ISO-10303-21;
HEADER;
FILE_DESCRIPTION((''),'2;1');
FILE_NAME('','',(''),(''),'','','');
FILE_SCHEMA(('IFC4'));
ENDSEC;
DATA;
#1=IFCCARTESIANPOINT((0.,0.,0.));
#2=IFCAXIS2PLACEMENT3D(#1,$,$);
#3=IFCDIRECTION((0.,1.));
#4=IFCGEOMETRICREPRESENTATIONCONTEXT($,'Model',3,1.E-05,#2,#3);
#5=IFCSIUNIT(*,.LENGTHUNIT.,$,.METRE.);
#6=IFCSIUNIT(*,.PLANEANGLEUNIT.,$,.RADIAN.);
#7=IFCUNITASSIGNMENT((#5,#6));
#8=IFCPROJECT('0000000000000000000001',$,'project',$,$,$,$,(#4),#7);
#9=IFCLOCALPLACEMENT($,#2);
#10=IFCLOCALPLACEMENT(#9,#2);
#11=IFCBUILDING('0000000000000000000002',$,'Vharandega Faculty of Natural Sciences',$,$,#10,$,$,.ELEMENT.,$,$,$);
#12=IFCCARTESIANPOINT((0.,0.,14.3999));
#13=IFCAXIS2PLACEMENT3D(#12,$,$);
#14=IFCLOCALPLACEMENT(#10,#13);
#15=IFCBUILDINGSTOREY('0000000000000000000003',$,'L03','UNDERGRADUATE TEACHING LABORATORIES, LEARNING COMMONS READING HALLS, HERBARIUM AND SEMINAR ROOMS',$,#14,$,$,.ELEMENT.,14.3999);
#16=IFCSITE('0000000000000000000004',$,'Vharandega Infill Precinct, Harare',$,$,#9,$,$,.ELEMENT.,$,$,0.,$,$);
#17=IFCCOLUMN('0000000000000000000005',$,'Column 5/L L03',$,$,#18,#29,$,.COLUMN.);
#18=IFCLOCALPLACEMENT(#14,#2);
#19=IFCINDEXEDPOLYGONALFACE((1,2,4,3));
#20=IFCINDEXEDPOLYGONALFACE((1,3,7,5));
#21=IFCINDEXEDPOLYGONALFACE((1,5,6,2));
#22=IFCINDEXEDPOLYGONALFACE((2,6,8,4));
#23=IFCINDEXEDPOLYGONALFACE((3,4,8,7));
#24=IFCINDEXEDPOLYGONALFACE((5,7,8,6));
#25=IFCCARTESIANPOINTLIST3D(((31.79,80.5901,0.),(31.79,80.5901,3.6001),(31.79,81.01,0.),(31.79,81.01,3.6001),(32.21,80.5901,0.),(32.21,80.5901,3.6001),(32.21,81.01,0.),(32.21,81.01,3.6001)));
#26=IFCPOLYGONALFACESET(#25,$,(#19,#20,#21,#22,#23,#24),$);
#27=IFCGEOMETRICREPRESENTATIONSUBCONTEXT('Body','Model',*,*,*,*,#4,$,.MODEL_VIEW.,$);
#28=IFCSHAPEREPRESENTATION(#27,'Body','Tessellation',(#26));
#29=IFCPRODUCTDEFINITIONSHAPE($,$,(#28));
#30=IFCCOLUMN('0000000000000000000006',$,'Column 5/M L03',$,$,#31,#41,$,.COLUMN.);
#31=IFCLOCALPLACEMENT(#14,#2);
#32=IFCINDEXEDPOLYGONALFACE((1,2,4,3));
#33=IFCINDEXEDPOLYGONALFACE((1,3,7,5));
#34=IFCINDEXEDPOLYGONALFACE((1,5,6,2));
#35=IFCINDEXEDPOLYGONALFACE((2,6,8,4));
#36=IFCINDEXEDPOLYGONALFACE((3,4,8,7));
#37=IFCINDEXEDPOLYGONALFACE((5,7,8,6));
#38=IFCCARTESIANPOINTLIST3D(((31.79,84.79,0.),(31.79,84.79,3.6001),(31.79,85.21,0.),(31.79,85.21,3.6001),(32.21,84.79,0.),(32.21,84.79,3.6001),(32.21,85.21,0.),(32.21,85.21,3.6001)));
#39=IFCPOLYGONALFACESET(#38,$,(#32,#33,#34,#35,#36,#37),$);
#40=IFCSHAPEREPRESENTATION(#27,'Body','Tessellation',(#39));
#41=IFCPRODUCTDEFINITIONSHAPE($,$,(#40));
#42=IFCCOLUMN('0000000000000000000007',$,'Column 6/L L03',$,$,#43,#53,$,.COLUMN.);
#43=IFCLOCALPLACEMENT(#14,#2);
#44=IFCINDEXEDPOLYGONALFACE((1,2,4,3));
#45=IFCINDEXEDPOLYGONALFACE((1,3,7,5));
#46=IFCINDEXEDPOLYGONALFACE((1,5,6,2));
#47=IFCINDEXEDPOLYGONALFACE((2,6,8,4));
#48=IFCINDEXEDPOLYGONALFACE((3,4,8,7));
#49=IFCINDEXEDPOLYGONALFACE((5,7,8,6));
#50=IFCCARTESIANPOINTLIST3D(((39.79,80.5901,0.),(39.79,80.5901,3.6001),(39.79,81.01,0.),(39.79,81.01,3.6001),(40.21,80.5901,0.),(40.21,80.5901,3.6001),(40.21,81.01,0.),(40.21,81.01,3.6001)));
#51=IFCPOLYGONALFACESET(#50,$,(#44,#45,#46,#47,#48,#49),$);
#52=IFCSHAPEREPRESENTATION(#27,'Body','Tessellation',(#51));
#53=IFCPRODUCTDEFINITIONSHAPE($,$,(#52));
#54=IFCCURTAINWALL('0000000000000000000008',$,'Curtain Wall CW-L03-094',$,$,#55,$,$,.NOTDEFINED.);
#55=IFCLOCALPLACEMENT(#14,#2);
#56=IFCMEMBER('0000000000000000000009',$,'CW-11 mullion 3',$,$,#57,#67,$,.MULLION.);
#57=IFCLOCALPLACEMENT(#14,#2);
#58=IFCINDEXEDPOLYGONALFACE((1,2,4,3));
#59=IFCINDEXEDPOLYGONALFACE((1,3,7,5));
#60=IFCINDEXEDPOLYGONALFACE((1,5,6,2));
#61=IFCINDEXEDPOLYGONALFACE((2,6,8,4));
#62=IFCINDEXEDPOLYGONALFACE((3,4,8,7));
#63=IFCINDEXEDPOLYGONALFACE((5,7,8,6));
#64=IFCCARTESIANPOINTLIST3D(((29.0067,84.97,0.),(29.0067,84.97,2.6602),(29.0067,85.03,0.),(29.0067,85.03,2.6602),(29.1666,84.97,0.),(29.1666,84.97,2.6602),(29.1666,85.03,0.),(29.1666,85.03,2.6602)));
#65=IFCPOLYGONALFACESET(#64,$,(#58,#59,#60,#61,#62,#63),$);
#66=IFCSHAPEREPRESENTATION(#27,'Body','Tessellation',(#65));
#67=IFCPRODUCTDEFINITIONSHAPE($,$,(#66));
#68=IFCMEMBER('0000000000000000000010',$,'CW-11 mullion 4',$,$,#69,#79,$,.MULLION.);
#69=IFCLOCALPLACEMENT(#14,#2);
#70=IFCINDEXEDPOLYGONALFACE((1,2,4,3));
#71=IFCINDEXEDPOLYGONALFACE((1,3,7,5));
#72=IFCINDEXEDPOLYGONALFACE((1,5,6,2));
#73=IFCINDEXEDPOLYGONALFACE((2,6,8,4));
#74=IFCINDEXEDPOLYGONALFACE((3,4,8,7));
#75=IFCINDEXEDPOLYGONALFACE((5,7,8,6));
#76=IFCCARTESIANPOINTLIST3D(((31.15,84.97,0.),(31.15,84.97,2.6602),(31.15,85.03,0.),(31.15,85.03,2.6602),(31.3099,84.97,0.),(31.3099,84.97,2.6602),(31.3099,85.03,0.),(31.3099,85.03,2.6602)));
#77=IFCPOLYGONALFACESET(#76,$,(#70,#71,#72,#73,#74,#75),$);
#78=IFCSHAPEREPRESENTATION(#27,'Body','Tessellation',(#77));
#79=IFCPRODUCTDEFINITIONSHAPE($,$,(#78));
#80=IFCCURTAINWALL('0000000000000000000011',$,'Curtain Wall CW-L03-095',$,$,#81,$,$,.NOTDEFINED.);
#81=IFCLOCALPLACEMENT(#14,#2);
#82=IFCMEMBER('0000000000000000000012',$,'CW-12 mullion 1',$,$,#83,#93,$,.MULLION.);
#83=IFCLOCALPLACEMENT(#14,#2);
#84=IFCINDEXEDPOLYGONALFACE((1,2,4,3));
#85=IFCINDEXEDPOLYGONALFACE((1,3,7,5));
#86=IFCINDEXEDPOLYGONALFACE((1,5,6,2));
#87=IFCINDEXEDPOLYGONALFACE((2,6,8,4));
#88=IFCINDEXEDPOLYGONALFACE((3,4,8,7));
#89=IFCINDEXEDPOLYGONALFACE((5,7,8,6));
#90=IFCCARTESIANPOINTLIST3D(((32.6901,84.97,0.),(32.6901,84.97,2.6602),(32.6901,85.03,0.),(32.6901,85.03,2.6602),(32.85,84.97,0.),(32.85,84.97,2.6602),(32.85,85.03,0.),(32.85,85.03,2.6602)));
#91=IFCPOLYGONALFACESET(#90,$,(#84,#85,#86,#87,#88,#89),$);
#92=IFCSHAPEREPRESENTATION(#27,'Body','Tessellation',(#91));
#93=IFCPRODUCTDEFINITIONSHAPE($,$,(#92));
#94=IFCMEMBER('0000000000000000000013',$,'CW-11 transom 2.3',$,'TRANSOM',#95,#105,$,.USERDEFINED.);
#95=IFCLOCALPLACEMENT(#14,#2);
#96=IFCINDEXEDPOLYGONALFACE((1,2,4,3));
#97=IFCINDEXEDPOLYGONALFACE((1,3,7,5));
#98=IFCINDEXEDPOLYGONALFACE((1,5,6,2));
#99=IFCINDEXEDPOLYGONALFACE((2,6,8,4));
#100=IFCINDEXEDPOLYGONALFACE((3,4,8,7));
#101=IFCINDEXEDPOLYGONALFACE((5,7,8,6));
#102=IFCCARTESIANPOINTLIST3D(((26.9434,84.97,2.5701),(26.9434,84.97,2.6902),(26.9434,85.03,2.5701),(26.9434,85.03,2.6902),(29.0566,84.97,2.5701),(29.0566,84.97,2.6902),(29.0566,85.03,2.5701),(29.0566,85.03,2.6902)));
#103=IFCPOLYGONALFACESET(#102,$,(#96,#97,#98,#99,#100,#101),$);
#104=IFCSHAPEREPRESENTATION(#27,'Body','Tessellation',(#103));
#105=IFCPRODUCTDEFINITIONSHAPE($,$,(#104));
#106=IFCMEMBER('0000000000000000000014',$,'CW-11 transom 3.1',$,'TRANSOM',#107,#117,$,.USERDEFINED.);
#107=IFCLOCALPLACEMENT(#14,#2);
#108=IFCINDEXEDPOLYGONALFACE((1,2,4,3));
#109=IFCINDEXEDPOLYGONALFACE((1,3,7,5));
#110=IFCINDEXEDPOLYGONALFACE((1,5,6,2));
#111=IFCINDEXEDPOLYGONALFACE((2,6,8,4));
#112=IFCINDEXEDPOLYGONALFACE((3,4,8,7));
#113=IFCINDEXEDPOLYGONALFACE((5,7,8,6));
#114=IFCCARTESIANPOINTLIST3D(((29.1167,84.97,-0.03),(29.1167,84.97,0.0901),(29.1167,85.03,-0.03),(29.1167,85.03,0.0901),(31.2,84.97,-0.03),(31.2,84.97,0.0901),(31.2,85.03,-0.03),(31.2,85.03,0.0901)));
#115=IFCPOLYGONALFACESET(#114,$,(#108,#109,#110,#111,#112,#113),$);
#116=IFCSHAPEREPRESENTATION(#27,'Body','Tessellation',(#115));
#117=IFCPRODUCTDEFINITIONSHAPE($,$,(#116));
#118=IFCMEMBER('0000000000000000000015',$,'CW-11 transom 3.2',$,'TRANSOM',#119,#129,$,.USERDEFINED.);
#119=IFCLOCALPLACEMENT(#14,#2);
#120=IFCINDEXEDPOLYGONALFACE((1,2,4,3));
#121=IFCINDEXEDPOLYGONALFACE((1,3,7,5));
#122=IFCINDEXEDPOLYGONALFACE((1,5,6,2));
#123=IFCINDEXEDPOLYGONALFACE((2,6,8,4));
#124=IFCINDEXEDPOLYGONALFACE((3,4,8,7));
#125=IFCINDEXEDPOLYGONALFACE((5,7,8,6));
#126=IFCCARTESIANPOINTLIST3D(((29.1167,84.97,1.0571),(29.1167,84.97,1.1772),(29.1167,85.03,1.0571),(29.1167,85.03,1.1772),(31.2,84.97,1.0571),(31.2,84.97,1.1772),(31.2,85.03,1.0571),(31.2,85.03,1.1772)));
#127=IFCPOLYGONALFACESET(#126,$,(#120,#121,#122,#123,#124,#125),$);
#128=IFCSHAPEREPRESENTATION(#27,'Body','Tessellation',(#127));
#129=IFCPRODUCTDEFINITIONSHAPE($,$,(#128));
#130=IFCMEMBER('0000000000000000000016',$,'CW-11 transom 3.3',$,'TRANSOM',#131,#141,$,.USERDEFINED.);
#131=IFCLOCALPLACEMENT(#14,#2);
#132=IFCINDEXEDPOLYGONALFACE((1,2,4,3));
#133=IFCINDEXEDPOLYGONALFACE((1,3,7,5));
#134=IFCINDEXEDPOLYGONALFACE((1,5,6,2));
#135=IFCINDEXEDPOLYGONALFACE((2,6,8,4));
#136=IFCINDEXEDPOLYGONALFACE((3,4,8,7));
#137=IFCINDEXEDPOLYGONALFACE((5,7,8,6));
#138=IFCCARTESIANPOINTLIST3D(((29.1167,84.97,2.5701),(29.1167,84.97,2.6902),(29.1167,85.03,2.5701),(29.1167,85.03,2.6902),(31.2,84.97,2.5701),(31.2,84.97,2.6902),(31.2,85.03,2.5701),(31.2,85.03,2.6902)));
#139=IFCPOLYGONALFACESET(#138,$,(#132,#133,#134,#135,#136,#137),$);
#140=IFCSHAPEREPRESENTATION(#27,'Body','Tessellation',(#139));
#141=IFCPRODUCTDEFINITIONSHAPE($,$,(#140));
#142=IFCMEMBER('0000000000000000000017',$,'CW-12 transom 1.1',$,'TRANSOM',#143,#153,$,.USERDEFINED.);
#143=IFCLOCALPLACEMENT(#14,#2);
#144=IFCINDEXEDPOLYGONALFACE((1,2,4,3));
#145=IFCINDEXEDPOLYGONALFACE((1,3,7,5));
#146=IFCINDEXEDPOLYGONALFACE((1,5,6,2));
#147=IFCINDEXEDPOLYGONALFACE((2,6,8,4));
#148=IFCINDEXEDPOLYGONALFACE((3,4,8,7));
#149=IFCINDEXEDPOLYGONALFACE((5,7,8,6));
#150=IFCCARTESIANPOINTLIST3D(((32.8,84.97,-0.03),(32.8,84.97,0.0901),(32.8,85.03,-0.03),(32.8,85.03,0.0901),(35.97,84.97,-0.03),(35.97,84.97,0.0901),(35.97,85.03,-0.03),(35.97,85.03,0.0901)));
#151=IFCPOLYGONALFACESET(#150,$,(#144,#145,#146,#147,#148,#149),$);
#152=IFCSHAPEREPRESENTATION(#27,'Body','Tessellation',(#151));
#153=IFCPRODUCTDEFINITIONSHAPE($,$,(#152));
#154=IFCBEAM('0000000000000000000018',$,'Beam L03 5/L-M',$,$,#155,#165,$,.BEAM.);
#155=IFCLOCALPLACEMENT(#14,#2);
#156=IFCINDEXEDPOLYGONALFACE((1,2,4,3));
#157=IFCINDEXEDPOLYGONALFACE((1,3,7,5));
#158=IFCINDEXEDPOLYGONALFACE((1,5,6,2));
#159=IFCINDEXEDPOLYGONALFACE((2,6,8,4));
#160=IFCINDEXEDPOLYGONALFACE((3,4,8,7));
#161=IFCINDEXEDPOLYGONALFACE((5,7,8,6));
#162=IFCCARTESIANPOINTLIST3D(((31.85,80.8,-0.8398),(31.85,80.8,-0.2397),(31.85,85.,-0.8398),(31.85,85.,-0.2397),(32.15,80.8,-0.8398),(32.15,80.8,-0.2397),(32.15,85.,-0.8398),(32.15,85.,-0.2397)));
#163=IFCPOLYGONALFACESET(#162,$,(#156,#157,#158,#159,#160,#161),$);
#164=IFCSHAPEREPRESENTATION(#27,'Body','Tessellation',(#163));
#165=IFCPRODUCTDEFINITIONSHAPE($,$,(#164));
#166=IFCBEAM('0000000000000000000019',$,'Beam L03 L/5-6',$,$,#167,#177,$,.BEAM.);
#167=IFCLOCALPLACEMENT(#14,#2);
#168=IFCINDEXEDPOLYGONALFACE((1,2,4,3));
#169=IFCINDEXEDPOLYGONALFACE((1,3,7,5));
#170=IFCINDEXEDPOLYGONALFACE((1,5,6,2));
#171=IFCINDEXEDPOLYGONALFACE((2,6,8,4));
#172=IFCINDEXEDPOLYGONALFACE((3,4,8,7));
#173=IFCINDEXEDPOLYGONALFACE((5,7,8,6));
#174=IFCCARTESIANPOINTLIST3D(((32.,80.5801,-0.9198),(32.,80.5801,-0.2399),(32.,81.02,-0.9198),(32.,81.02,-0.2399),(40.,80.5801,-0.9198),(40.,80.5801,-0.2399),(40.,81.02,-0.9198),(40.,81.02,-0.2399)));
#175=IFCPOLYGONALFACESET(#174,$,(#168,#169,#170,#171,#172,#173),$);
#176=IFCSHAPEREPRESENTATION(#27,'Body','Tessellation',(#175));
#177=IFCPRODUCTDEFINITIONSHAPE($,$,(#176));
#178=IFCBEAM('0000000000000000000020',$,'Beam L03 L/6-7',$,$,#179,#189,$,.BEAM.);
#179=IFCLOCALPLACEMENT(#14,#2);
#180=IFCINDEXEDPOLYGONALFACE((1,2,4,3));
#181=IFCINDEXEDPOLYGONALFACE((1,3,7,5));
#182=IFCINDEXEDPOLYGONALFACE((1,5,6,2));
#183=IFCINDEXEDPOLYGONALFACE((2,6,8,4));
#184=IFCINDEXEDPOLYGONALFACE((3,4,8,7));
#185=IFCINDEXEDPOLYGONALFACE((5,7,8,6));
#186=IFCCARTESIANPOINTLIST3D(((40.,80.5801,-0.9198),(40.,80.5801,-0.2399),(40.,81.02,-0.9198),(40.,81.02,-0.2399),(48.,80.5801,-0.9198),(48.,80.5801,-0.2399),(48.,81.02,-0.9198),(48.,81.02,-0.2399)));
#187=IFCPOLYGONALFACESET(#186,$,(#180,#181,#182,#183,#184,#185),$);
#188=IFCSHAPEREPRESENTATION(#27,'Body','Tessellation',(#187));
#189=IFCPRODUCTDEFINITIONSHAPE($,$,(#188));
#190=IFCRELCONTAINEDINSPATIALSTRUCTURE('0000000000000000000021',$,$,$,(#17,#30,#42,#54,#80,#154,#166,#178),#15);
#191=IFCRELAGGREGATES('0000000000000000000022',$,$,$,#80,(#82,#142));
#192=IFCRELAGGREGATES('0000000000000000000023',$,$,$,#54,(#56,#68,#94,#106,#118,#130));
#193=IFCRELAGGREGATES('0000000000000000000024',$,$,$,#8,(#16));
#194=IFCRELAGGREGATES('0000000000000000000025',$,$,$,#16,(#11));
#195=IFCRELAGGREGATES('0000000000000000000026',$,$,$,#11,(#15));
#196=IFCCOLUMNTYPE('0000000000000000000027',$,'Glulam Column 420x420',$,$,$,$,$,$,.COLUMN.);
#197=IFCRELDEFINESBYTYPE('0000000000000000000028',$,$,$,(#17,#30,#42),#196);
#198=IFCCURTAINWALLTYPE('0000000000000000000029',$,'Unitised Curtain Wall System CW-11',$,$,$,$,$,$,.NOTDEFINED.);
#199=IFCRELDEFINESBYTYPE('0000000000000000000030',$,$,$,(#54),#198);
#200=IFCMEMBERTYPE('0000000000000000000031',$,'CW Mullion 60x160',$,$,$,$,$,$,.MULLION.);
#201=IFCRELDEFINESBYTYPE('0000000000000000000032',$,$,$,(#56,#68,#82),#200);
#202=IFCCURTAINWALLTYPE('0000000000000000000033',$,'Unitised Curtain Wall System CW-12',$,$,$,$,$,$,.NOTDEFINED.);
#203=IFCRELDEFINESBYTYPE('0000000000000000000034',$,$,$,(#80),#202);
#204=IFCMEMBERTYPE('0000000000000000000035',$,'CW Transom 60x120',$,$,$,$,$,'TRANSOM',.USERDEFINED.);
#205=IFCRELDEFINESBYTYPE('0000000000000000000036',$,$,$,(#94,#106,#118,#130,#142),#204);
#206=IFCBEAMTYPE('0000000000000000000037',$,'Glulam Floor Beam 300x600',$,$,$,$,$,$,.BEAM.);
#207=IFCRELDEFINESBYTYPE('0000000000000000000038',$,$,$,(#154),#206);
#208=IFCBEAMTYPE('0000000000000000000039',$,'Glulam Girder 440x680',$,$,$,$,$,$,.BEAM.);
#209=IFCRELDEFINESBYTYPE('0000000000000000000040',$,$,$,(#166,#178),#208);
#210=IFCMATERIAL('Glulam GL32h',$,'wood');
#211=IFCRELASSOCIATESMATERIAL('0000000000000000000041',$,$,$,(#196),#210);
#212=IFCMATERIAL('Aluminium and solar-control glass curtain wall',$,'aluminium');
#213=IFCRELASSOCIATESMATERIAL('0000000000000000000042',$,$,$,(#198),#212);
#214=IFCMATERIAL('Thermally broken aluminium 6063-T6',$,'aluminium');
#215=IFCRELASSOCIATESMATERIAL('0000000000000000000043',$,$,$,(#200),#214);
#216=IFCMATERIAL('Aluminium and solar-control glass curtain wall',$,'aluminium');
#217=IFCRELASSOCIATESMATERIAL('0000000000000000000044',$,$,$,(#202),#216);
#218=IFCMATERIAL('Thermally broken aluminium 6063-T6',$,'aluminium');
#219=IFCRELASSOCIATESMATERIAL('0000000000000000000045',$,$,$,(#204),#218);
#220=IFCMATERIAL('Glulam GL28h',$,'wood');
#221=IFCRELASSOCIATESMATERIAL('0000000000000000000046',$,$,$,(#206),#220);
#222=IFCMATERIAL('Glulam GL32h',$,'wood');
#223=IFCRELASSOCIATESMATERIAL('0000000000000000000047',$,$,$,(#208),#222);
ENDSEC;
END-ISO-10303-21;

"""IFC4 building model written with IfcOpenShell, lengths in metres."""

from ifc_helpers import new_model, si_unit, direction, frame, origin, origin_2d, place, context, subcontext, project, spatial, rectangle, extrude, material, material_profile, profile_set, type_object, element, aggregate, save


model = new_model("IFC4")

# Units and contexts
model_context = context("Model", 3, precision=1e-05, world=origin(), true_north=direction((0.0, 1.0)))
body_context = subcontext(model_context, "Body", "Model", "MODEL_VIEW")
ifc_project = project(units=[si_unit("LENGTHUNIT", "METRE"), si_unit("PLANEANGLEUNIT", "RADIAN")], contexts=[model_context])

# Site, building, storey
site_placement = place(None, origin())
site = spatial("IfcSite", under=ifc_project, at=site_placement, Name="Vharandega Infill Precinct, Harare", CompositionType="ELEMENT", RefElevation=0.0)
building_placement = place(site_placement, origin())
building = spatial("IfcBuilding", under=site, at=building_placement, Name="Vharandega Faculty of Natural Sciences", CompositionType="ELEMENT")
storey_placement = place(building_placement, frame((0.0, 0.0, 14.3999)))
storey = spatial("IfcBuildingStorey", under=building, at=storey_placement, Name="L03", Description="UNDERGRADUATE TEACHING LABORATORIES, LEARNING COMMONS READING HALLS, HERBARIUM AND SEMINAR ROOMS", CompositionType="ELEMENT", Elevation=14.3999)

# Columns
ifc_material_1 = material(Name="Glulam GL32h", Category="wood")
ifc_material_profile_1 = material_profile(ifc_material_1, rectangle(XDim=0.4199, YDim=0.4199, at=origin_2d()), Name="GL32h 420x420")
ifc_profile_set_1 = profile_set([ifc_material_profile_1], Name="Glulam GL32h")
column_type = type_object("IfcColumnType", Name="Glulam Column 420x420", PredefinedType="COLUMN", material=ifc_profile_set_1)
for number, where, z_axis, x_axis, name in (
    (1, (32.0, 80.8, 0.0), (0.0, 0.0, 1.0), (1.0, 0.0, 0.0), "Column 5/L L03"),
    (2, (32.0, 85.0, 0.0), (0.0, 0.0, 1.0), (1.0, 0.0, 0.0), "Column 5/M L03"),
    (3, (40.0, 80.8, 0.0), (0.0, 0.0, 1.0), (1.0, 0.0, 0.0), "Column 6/L L03"),
):
    element("IfcColumn", number, at=place(storey_placement, frame(where, z_axis=z_axis, x_axis=x_axis)), inside=storey, type_object=column_type, Name=name, PredefinedType="COLUMN", context=body_context, shape_type="SweptSolid", body=[
        extrude(rectangle(XDim=0.4199, YDim=0.4199, at=origin_2d()), origin(), (0.0, 0.0, 1.0), 3.6001),
    ])

# Curtain wall, members
ifc_material_2 = material(Name="Aluminium and solar-control glass curtain wall", Category="aluminium")
curtain_wall_type_1 = type_object("IfcCurtainWallType", Name="Unitised Curtain Wall System CW-11", PredefinedType="NOTDEFINED", material=ifc_material_2)
curtain_wall_1_placement = place(storey_placement, origin())
curtain_wall_1 = element("IfcCurtainWall", 4, at=curtain_wall_1_placement, inside=storey, type_object=curtain_wall_type_1, Name="Curtain Wall CW-L03-094", PredefinedType="NOTDEFINED")
ifc_material_3 = material(Name="Thermally broken aluminium 6063-T6", Category="aluminium")
ifc_material_profile_2 = material_profile(ifc_material_3, rectangle(XDim=0.0601, YDim=0.1599, at=origin_2d()), Name="ALU 60x160")
ifc_profile_set_2 = profile_set([ifc_material_profile_2], Name="Thermally broken aluminium 6063-T6")
member_type_1 = type_object("IfcMemberType", Name="CW Mullion 60x160", PredefinedType="MULLION", material=ifc_profile_set_2)
member_1_placement = place(storey_placement, frame((29.0867, 85.0, 0.0), z_axis=(0.0, 0.0, 1.0), x_axis=(0.0, 1.0, 0.0)))
member_1 = element("IfcMember", 5, at=member_1_placement, type_object=member_type_1, Name="CW-11 mullion 3", PredefinedType="MULLION", context=body_context, shape_type="SweptSolid", body=[
    extrude(rectangle(XDim=0.0601, YDim=0.1599, at=origin_2d()), origin(), (0.0, 0.0, 1.0), 2.6602),
])
member_2_placement = place(storey_placement, frame((31.23, 85.0, 0.0), z_axis=(0.0, 0.0, 1.0), x_axis=(0.0, 1.0, 0.0)))
member_2 = element("IfcMember", 6, at=member_2_placement, type_object=member_type_1, Name="CW-11 mullion 4", PredefinedType="MULLION", context=body_context, shape_type="SweptSolid", body=[
    extrude(rectangle(XDim=0.0601, YDim=0.1599, at=origin_2d()), origin(), (0.0, 0.0, 1.0), 2.6602),
])

# Curtain wall, member
ifc_material_4 = material(Name="Aluminium and solar-control glass curtain wall", Category="aluminium")
curtain_wall_type_2 = type_object("IfcCurtainWallType", Name="Unitised Curtain Wall System CW-12", PredefinedType="NOTDEFINED", material=ifc_material_4)
curtain_wall_2_placement = place(storey_placement, origin())
curtain_wall_2 = element("IfcCurtainWall", 7, at=curtain_wall_2_placement, inside=storey, type_object=curtain_wall_type_2, Name="Curtain Wall CW-L03-095", PredefinedType="NOTDEFINED")
member_3_placement = place(storey_placement, frame((32.77, 85.0, 0.0), z_axis=(0.0, 0.0, 1.0), x_axis=(0.0, 1.0, 0.0)))
member_3 = element("IfcMember", 8, at=member_3_placement, type_object=member_type_1, Name="CW-12 mullion 1", PredefinedType="MULLION", context=body_context, shape_type="SweptSolid", body=[
    extrude(rectangle(XDim=0.0601, YDim=0.1599, at=origin_2d()), origin(), (0.0, 0.0, 1.0), 2.6602),
])

# Members
ifc_material_5 = material(Name="Thermally broken aluminium 6063-T6", Category="aluminium")
ifc_material_profile_3 = material_profile(ifc_material_5, rectangle(XDim=0.0601, YDim=0.1201, at=origin_2d()), Name="ALU 60x120")
ifc_profile_set_3 = profile_set([ifc_material_profile_3], Name="Thermally broken aluminium 6063-T6")
member_type_2 = type_object("IfcMemberType", Name="CW Transom 60x120", ElementType="TRANSOM", PredefinedType="USERDEFINED", material=ifc_profile_set_3)
member_4_placement = place(storey_placement, frame((26.9434, 85.0, 2.6301), z_axis=(1.0, 0.0, 0.0), x_axis=(0.0, 1.0, 0.0)))
member_4 = element("IfcMember", 9, at=member_4_placement, type_object=member_type_2, Name="CW-11 transom 2.3", ObjectType="TRANSOM", PredefinedType="USERDEFINED", context=body_context, shape_type="SweptSolid", body=[
    extrude(rectangle(XDim=0.0601, YDim=0.1201, at=origin_2d()), origin(), (0.0, 0.0, 1.0), 2.1133),
])
member_5_placement = place(storey_placement, frame((29.1167, 85.0, 0.03), z_axis=(1.0, 0.0, 0.0), x_axis=(0.0, 1.0, 0.0)))
member_5 = element("IfcMember", 10, at=member_5_placement, type_object=member_type_2, Name="CW-11 transom 3.1", ObjectType="TRANSOM", PredefinedType="USERDEFINED", context=body_context, shape_type="SweptSolid", body=[
    extrude(rectangle(XDim=0.0601, YDim=0.1201, at=origin_2d()), origin(), (0.0, 0.0, 1.0), 2.0833),
])
member_6_placement = place(storey_placement, frame((29.1167, 85.0, 1.1172), z_axis=(1.0, 0.0, 0.0), x_axis=(0.0, 1.0, 0.0)))
member_6 = element("IfcMember", 11, at=member_6_placement, type_object=member_type_2, Name="CW-11 transom 3.2", ObjectType="TRANSOM", PredefinedType="USERDEFINED", context=body_context, shape_type="SweptSolid", body=[
    extrude(rectangle(XDim=0.0601, YDim=0.1201, at=origin_2d()), origin(), (0.0, 0.0, 1.0), 2.0833),
])
member_7_placement = place(storey_placement, frame((29.1167, 85.0, 2.6301), z_axis=(1.0, 0.0, 0.0), x_axis=(0.0, 1.0, 0.0)))
member_7 = element("IfcMember", 12, at=member_7_placement, type_object=member_type_2, Name="CW-11 transom 3.3", ObjectType="TRANSOM", PredefinedType="USERDEFINED", context=body_context, shape_type="SweptSolid", body=[
    extrude(rectangle(XDim=0.0601, YDim=0.1201, at=origin_2d()), origin(), (0.0, 0.0, 1.0), 2.0833),
])
member_8_placement = place(storey_placement, frame((32.8, 85.0, 0.03), z_axis=(1.0, 0.0, 0.0), x_axis=(0.0, 1.0, 0.0)))
member_8 = element("IfcMember", 13, at=member_8_placement, type_object=member_type_2, Name="CW-12 transom 1.1", ObjectType="TRANSOM", PredefinedType="USERDEFINED", context=body_context, shape_type="SweptSolid", body=[
    extrude(rectangle(XDim=0.0601, YDim=0.1201, at=origin_2d()), origin(), (0.0, 0.0, 1.0), 3.1699),
])
aggregate(curtain_wall_2, [member_3, member_8])

# Beams
ifc_material_6 = material(Name="Glulam GL28h", Category="wood")
ifc_material_profile_4 = material_profile(ifc_material_6, rectangle(XDim=0.3, YDim=0.6001, at=origin_2d()), Name="GL28h 300x600")
ifc_profile_set_4 = profile_set([ifc_material_profile_4], Name="Glulam GL28h")
beam_type_1 = type_object("IfcBeamType", Name="Glulam Floor Beam 300x600", PredefinedType="BEAM", material=ifc_profile_set_4)
beam_1_placement = place(storey_placement, frame((32.0, 80.8, -0.5398), z_axis=(0.0, 1.0, 0.0), x_axis=(-1.0, 0.0, 0.0)))
element("IfcBeam", 14, at=beam_1_placement, inside=storey, type_object=beam_type_1, Name="Beam L03 5/L-M", PredefinedType="BEAM", context=body_context, shape_type="SweptSolid", body=[
    extrude(rectangle(XDim=0.3, YDim=0.6001, at=origin_2d()), origin(), (0.0, 0.0, 1.0), 4.2),
])
ifc_material_7 = material(Name="Glulam GL32h", Category="wood")
ifc_material_profile_5 = material_profile(ifc_material_7, rectangle(XDim=0.4399, YDim=0.6799, at=origin_2d()), Name="GL32h 440x680")
ifc_profile_set_5 = profile_set([ifc_material_profile_5], Name="Glulam GL32h")
beam_type_2 = type_object("IfcBeamType", Name="Glulam Girder 440x680", PredefinedType="BEAM", material=ifc_profile_set_5)
for number, where, z_axis, x_axis, name in (
    (15, (32.0, 80.8, -0.5798), (1.0, 0.0, 0.0), (0.0, 1.0, 0.0), "Beam L03 L/5-6"),
    (16, (40.0, 80.8, -0.5798), (1.0, 0.0, 0.0), (0.0, 1.0, 0.0), "Beam L03 L/6-7"),
):
    element("IfcBeam", number, at=place(storey_placement, frame(where, z_axis=z_axis, x_axis=x_axis)), inside=storey, type_object=beam_type_2, Name=name, PredefinedType="BEAM", context=body_context, shape_type="SweptSolid", body=[
        extrude(rectangle(XDim=0.4399, YDim=0.6799, at=origin_2d()), origin(), (0.0, 0.0, 1.0), 8.0),
    ])

aggregate(curtain_wall_1, [member_1, member_2, member_4, member_5, member_6, member_7])

save(model, "model.ifc")
